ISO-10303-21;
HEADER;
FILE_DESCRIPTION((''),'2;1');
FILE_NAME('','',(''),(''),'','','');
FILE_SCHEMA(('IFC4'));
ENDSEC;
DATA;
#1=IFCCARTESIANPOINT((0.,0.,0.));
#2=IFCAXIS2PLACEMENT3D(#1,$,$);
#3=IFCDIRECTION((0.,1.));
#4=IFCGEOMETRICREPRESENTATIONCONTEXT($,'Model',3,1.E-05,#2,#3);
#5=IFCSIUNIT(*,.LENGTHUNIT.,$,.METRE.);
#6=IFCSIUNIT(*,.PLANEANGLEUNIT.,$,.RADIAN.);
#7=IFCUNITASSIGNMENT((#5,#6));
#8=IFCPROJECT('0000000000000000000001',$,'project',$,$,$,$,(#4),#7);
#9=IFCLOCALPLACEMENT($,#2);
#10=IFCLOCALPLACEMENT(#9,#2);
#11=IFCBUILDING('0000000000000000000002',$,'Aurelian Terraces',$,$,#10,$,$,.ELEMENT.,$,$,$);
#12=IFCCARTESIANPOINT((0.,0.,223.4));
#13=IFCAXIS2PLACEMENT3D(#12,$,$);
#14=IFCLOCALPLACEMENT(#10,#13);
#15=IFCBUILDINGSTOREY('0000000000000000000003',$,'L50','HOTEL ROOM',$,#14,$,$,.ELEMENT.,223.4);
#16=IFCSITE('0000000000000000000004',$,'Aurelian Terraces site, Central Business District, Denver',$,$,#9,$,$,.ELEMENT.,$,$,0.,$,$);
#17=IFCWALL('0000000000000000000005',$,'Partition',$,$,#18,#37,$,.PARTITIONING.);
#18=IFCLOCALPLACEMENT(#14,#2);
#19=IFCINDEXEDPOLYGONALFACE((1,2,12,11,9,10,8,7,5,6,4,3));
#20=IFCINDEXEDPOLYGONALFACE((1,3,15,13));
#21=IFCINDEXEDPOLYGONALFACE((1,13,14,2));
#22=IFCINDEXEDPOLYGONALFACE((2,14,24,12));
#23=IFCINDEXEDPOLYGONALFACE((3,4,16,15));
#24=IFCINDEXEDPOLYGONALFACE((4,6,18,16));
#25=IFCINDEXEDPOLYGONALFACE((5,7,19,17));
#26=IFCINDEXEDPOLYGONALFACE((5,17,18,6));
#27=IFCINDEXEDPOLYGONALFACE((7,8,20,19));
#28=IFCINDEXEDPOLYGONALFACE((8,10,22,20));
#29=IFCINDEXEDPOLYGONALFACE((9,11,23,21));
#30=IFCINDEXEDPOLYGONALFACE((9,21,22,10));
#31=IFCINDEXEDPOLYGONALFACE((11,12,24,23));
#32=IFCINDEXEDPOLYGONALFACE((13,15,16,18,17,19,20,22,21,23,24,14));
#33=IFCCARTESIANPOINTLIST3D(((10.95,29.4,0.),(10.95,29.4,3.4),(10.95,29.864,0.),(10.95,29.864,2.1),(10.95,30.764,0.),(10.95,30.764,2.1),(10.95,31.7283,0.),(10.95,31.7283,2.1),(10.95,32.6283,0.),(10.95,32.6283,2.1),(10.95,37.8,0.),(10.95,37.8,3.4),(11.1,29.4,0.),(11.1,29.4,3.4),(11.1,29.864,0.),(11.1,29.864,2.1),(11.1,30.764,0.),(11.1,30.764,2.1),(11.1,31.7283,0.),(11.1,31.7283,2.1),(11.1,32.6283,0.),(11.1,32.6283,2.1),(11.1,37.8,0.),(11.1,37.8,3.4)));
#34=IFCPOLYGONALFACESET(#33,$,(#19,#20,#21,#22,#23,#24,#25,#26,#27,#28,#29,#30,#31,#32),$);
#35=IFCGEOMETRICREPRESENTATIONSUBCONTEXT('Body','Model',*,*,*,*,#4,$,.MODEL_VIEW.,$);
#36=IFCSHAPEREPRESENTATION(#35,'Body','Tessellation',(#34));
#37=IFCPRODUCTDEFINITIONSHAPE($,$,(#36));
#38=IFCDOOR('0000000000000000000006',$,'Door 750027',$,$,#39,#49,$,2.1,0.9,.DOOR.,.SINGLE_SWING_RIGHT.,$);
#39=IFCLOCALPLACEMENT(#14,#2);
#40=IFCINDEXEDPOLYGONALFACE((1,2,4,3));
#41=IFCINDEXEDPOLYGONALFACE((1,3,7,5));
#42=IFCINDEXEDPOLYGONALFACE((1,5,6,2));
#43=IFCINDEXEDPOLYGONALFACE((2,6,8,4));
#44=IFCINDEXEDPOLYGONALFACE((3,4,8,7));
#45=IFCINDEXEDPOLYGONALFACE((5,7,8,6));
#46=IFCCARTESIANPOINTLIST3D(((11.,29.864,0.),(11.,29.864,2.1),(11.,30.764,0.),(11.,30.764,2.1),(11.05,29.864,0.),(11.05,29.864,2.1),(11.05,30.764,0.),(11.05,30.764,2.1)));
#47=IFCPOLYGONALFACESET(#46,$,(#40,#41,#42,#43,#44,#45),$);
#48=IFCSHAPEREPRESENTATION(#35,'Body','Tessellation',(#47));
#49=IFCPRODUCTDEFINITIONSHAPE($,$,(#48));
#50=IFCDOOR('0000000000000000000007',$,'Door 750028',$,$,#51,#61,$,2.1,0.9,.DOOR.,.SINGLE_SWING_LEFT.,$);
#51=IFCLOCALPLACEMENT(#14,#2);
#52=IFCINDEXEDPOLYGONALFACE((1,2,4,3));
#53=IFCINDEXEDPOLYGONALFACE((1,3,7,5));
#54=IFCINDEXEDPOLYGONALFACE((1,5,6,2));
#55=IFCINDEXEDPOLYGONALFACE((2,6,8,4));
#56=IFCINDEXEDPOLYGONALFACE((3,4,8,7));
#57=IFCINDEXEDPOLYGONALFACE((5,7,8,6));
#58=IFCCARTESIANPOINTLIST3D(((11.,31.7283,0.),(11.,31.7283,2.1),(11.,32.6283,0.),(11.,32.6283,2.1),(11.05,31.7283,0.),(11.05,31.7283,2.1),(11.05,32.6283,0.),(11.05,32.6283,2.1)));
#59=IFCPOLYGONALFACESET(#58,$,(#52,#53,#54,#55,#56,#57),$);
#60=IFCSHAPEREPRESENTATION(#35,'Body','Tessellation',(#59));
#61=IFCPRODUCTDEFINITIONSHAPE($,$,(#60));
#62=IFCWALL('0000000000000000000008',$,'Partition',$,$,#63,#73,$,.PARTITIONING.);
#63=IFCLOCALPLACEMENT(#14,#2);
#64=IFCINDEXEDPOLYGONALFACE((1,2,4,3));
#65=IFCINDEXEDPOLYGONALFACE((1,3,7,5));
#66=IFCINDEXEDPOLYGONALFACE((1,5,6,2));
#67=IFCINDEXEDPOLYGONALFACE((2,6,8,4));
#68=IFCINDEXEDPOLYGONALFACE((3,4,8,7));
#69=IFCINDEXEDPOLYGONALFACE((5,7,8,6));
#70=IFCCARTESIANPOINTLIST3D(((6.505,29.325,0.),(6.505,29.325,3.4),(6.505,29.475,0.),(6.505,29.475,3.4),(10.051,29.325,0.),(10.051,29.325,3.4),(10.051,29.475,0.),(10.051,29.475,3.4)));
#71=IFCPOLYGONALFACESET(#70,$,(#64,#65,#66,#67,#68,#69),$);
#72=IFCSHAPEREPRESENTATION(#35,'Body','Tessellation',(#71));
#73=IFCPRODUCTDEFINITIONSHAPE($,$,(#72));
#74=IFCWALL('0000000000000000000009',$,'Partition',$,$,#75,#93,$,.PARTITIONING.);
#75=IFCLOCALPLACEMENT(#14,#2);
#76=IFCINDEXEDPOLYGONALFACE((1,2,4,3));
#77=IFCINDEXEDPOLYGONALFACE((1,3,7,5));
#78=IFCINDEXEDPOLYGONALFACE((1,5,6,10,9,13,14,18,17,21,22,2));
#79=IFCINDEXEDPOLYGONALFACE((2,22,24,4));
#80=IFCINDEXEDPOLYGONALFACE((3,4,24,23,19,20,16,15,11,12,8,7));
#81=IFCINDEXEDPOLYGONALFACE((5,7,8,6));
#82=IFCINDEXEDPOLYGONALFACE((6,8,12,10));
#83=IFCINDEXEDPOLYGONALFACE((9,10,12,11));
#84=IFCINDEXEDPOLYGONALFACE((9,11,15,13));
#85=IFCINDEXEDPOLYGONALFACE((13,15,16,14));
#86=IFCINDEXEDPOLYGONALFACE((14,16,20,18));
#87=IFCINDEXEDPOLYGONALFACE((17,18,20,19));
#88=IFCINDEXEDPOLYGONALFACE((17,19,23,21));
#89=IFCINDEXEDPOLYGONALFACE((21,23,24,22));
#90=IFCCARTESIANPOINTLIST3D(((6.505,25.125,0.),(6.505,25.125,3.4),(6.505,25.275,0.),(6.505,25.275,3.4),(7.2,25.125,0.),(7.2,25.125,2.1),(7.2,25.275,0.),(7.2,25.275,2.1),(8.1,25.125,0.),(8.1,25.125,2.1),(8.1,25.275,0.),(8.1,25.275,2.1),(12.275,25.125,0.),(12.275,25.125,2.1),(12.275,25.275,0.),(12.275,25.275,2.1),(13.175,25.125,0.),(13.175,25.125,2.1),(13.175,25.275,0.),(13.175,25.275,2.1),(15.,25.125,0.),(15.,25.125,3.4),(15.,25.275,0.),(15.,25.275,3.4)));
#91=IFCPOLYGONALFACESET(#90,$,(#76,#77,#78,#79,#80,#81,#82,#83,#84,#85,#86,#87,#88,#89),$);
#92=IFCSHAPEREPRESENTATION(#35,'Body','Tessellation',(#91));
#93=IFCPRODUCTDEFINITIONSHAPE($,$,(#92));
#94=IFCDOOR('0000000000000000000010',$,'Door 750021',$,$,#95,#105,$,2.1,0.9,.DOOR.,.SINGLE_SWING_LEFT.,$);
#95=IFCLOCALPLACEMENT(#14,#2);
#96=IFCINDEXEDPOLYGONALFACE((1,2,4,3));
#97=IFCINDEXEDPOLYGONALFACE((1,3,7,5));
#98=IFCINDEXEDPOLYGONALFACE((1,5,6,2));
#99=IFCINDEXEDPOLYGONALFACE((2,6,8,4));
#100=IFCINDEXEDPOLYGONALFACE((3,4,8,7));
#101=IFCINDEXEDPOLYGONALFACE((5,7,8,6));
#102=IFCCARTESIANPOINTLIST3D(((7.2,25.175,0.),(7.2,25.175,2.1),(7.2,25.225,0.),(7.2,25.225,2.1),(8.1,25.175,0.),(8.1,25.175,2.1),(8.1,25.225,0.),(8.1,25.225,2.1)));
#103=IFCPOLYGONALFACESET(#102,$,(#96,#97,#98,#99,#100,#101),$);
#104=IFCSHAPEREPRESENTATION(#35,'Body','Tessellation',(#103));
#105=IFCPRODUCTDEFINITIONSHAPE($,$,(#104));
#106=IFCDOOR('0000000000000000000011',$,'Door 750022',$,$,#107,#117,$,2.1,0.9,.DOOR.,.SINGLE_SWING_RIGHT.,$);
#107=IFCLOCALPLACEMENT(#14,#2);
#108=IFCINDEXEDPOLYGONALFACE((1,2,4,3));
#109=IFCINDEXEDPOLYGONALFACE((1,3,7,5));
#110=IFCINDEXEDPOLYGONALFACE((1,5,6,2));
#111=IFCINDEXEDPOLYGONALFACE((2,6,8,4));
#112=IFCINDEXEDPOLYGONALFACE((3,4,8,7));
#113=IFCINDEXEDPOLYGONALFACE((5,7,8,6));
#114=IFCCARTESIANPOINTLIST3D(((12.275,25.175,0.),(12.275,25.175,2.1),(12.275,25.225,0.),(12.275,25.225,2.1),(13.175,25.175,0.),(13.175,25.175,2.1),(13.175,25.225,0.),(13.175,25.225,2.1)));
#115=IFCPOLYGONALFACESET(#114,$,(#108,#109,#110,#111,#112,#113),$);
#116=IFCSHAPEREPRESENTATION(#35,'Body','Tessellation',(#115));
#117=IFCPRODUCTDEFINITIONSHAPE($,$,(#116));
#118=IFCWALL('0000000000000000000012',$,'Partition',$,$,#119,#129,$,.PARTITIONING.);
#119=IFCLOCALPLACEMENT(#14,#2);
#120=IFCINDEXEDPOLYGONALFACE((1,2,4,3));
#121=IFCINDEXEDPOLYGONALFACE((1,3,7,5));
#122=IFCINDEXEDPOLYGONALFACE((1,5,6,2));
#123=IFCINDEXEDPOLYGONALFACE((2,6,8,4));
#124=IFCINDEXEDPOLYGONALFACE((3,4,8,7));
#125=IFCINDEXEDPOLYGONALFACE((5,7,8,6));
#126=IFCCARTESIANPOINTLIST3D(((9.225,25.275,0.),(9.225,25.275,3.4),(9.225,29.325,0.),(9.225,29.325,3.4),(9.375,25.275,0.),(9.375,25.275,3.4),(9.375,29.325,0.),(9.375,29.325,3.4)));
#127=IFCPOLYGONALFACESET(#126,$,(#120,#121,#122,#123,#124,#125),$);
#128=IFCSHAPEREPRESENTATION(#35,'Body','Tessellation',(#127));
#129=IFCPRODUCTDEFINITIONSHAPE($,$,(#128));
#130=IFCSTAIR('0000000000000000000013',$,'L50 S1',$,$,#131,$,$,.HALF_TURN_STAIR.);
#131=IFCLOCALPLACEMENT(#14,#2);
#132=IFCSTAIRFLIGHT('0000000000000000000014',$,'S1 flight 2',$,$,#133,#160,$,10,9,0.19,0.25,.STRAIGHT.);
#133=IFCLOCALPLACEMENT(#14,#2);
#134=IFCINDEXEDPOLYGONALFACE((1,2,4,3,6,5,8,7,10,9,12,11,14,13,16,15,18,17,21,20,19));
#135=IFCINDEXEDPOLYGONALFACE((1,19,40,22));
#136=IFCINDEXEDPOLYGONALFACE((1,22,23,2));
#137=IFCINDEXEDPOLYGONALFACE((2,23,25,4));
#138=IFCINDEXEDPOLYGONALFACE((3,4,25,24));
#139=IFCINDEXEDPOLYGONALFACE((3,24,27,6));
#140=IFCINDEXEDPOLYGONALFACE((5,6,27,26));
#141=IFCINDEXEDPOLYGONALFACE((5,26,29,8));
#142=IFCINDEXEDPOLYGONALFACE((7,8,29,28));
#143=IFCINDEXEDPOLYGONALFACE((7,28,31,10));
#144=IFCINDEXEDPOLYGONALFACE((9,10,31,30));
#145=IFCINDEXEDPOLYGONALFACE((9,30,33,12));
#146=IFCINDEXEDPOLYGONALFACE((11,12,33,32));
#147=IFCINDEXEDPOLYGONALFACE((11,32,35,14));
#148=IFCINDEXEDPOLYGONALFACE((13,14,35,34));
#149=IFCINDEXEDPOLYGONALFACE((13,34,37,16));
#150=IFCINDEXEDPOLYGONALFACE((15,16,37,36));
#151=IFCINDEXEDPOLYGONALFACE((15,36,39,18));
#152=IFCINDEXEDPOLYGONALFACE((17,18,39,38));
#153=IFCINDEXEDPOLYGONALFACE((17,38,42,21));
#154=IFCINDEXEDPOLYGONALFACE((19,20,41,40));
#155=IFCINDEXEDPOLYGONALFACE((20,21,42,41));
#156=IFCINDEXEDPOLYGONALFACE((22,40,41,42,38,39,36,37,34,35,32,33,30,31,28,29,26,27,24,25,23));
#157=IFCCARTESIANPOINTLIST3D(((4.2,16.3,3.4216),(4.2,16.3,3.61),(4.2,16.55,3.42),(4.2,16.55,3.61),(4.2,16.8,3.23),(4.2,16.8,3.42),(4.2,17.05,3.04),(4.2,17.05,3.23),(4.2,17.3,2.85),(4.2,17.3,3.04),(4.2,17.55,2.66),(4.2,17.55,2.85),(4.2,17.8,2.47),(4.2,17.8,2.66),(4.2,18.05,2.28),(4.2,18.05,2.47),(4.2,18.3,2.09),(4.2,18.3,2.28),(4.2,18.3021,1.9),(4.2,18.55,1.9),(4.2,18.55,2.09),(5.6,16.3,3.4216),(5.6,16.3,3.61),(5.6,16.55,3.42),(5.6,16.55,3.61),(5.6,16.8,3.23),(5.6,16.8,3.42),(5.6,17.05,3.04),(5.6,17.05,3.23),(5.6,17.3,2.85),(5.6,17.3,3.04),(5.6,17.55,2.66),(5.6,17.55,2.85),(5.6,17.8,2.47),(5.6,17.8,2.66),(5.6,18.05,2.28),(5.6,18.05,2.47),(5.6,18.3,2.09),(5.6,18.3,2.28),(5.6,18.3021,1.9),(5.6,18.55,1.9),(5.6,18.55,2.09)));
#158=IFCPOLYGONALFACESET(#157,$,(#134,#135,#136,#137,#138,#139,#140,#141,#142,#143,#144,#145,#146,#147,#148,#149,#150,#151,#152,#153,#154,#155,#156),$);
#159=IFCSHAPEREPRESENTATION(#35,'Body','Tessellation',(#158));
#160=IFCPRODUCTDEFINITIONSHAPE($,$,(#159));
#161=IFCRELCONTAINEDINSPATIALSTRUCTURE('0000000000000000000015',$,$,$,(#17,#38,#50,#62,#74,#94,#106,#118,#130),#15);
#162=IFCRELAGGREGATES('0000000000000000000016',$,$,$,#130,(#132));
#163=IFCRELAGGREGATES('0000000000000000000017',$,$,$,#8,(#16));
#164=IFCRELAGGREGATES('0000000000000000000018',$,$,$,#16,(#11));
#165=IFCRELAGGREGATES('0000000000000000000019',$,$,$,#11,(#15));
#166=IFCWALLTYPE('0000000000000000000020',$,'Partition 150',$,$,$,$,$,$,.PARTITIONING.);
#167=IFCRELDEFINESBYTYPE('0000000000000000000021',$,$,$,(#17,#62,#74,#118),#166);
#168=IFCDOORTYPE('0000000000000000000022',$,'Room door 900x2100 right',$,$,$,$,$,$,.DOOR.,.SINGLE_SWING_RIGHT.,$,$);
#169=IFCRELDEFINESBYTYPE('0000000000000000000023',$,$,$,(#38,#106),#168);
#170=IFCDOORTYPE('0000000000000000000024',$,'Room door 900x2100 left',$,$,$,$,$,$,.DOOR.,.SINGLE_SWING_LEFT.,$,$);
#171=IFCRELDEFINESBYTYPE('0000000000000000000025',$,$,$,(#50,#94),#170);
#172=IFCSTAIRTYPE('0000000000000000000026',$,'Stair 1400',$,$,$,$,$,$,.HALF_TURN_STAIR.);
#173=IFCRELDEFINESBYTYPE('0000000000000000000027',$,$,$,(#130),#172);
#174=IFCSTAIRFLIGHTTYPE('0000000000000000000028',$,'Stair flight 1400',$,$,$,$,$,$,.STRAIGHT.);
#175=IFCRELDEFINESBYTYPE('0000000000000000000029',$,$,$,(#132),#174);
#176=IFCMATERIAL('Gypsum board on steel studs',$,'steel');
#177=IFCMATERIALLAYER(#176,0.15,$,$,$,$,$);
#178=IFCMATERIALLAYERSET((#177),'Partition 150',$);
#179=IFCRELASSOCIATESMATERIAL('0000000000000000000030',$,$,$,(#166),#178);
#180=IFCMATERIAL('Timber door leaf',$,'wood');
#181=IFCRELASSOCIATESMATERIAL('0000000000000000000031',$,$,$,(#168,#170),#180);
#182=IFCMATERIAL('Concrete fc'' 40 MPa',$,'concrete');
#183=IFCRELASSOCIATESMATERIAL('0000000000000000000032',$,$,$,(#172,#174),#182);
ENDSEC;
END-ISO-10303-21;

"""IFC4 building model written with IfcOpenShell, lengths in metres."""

from ifc_helpers import new_model, si_unit, direction, frame, frame_2d, origin, place, context, subcontext, project, spatial, polyline, rectangle, outline, extrude, source, transform, mapped, material, layer, layer_set, type_object, element, fill, aggregate, save


model = new_model("IFC4")

# Units and contexts
model_context = context("Model", 3, precision=1e-05, world=origin(), true_north=direction((0.0, 1.0)))
body_context = subcontext(model_context, "Body", "Model", "MODEL_VIEW")
ifc_project = project(units=[si_unit("LENGTHUNIT", "METRE"), si_unit("PLANEANGLEUNIT", "RADIAN")], contexts=[model_context])

# Site, building, storey
site_placement = place(None, origin())
site = spatial("IfcSite", under=ifc_project, at=site_placement, Name="Aurelian Terraces site, Central Business District, Denver", CompositionType="ELEMENT", RefElevation=0.0)
building_placement = place(site_placement, origin())
building = spatial("IfcBuilding", under=site, at=building_placement, Name="Aurelian Terraces", CompositionType="ELEMENT")
storey_placement = place(building_placement, frame((0.0, 0.0, 223.4)))
storey = spatial("IfcBuildingStorey", under=building, at=storey_placement, Name="L50", Description="HOTEL ROOM", CompositionType="ELEMENT", Elevation=223.4)

# Shared definitions
ifc_material_1 = material(Name="Concrete fc' 40 MPa", Category="concrete")

# Wall, openings, doors
ifc_material_2 = material(Name="Gypsum board on steel studs", Category="steel")
ifc_layer_1 = layer(ifc_material_2, 0.15)
ifc_layer_set_1 = layer_set([ifc_layer_1], Name="Partition 150")
wall_type_1 = type_object("IfcWallType", Name="Partition 150", PredefinedType="PARTITIONING", material=ifc_layer_set_1)
shared_shape_1 = source(origin(), body_context, "Body", "SweptSolid", [
    extrude(rectangle(XDim=8.4, YDim=0.15, at=frame_2d((4.2, 0.0))), origin(), (0.0, 0.0, 1.0), 3.4),
])
wall_1_placement = place(storey_placement, frame((11.025, 29.4, 0.0), z_axis=(0.0, 0.0, 1.0), x_axis=(0.0, 1.0, 0.0)))
wall_1 = element("IfcWall", 1, at=wall_1_placement, inside=storey, type_object=wall_type_1, Name="Partition", PredefinedType="PARTITIONING", context=body_context, shape_type="MappedRepresentation", body=[
    mapped(shared_shape_1, transform((0.0, 0.0, 0.0), scale=1.0)),
])
shared_shape_2 = source(origin(), body_context, "Body", "SweptSolid", [
    extrude(rectangle(XDim=0.9, YDim=2.1, at=frame_2d((0.45, 1.05))), frame((0.0, 0.085, 0.0), z_axis=(0.0, -1.0, 0.0), x_axis=(1.0, 0.0, 0.0)), (0.0, 0.0, 1.0), 0.17),
])
opening_1_placement = place(wall_1_placement, frame((0.464, 0.0, 0.0)))
opening_1 = element("IfcOpeningElement", 2, at=opening_1_placement, cuts=wall_1, PredefinedType="OPENING", context=body_context, shape_type="MappedRepresentation", body=[
    mapped(shared_shape_2, transform((0.0, 0.0, 0.0), scale=1.0)),
])
opening_2_placement = place(wall_1_placement, frame((2.3283, 0.0, 0.0)))
opening_2 = element("IfcOpeningElement", 3, at=opening_2_placement, cuts=wall_1, PredefinedType="OPENING", context=body_context, shape_type="MappedRepresentation", body=[
    mapped(shared_shape_2, transform((0.0, 0.0, 0.0), scale=1.0)),
])
ifc_material_3 = material(Name="Timber door leaf", Category="wood")
door_type_1 = type_object("IfcDoorType", Name="Room door 900x2100 right", OperationType="SINGLE_SWING_RIGHT", PredefinedType="DOOR", material=ifc_material_3)
shared_shape_3 = source(origin(), body_context, "Body", "SweptSolid", [
    extrude(rectangle(XDim=0.9, YDim=2.1, at=frame_2d((0.45, 1.05))), frame((0.0, 0.025, 0.0), z_axis=(0.0, -1.0, 0.0), x_axis=(1.0, 0.0, 0.0)), (0.0, 0.0, 1.0), 0.05),
])
door_1_placement = place(opening_1_placement, origin())
door_1 = element("IfcDoor", 4, at=door_1_placement, inside=storey, type_object=door_type_1, Name="Door 750027", OperationType="SINGLE_SWING_RIGHT", OverallHeight=2.1, OverallWidth=0.9, PredefinedType="DOOR", context=body_context, shape_type="MappedRepresentation", body=[
    mapped(shared_shape_3, transform((0.0, 0.0, 0.0), scale=1.0)),
])
fill(opening_1, door_1)
door_type_2 = type_object("IfcDoorType", Name="Room door 900x2100 left", OperationType="SINGLE_SWING_LEFT", PredefinedType="DOOR", material=ifc_material_3)
door_2_placement = place(opening_2_placement, origin())
door_2 = element("IfcDoor", 5, at=door_2_placement, inside=storey, type_object=door_type_2, Name="Door 750028", OperationType="SINGLE_SWING_LEFT", OverallHeight=2.1, OverallWidth=0.9, PredefinedType="DOOR", context=body_context, shape_type="MappedRepresentation", body=[
    mapped(shared_shape_3, transform((0.0, 0.0, 0.0), scale=1.0)),
])
fill(opening_2, door_2)

# Wall
shared_shape_4 = source(origin(), body_context, "Body", "SweptSolid", [
    extrude(rectangle(XDim=3.546, YDim=0.15, at=frame_2d((1.773, 0.0))), origin(), (0.0, 0.0, 1.0), 3.4),
])
wall_2_placement = place(storey_placement, frame((10.051, 29.4, 0.0), z_axis=(0.0, 0.0, 1.0), x_axis=(-1.0, 0.0, 0.0)))
element("IfcWall", 6, at=wall_2_placement, inside=storey, type_object=wall_type_1, Name="Partition", PredefinedType="PARTITIONING", context=body_context, shape_type="MappedRepresentation", body=[
    mapped(shared_shape_4, transform((0.0, 0.0, 0.0), scale=1.0)),
])

# Wall, openings, doors
shared_shape_5 = source(origin(), body_context, "Body", "SweptSolid", [
    extrude(rectangle(XDim=8.495, YDim=0.15, at=frame_2d((4.2475, 0.0))), origin(), (0.0, 0.0, 1.0), 3.4),
])
wall_3_placement = place(storey_placement, frame((6.505, 25.2, 0.0), z_axis=(0.0, 0.0, 1.0), x_axis=(1.0, 0.0, 0.0)))
wall_3 = element("IfcWall", 7, at=wall_3_placement, inside=storey, type_object=wall_type_1, Name="Partition", PredefinedType="PARTITIONING", context=body_context, shape_type="MappedRepresentation", body=[
    mapped(shared_shape_5, transform((0.0, 0.0, 0.0), scale=1.0)),
])
opening_3_placement = place(wall_3_placement, frame((0.695, 0.0, 0.0)))
opening_3 = element("IfcOpeningElement", 8, at=opening_3_placement, cuts=wall_3, PredefinedType="OPENING", context=body_context, shape_type="MappedRepresentation", body=[
    mapped(shared_shape_2, transform((0.0, 0.0, 0.0), scale=1.0)),
])
opening_4_placement = place(wall_3_placement, frame((5.77, 0.0, 0.0)))
opening_4 = element("IfcOpeningElement", 9, at=opening_4_placement, cuts=wall_3, PredefinedType="OPENING", context=body_context, shape_type="MappedRepresentation", body=[
    mapped(shared_shape_2, transform((0.0, 0.0, 0.0), scale=1.0)),
])
door_3_placement = place(opening_3_placement, origin())
door_3 = element("IfcDoor", 10, at=door_3_placement, inside=storey, type_object=door_type_2, Name="Door 750021", OperationType="SINGLE_SWING_LEFT", OverallHeight=2.1, OverallWidth=0.9, PredefinedType="DOOR", context=body_context, shape_type="MappedRepresentation", body=[
    mapped(shared_shape_3, transform((0.0, 0.0, 0.0), scale=1.0)),
])
fill(opening_3, door_3)
door_4_placement = place(opening_4_placement, origin())
door_4 = element("IfcDoor", 11, at=door_4_placement, inside=storey, type_object=door_type_1, Name="Door 750022", OperationType="SINGLE_SWING_RIGHT", OverallHeight=2.1, OverallWidth=0.9, PredefinedType="DOOR", context=body_context, shape_type="MappedRepresentation", body=[
    mapped(shared_shape_3, transform((0.0, 0.0, 0.0), scale=1.0)),
])
fill(opening_4, door_4)

# Wall
shared_shape_6 = source(origin(), body_context, "Body", "SweptSolid", [
    extrude(rectangle(XDim=4.05, YDim=0.15, at=frame_2d((2.025, 0.0))), origin(), (0.0, 0.0, 1.0), 3.4),
])
wall_4_placement = place(storey_placement, frame((9.3, 25.275, 0.0), z_axis=(0.0, 0.0, 1.0), x_axis=(0.0, 1.0, 0.0)))
element("IfcWall", 12, at=wall_4_placement, inside=storey, type_object=wall_type_1, Name="Partition", PredefinedType="PARTITIONING", context=body_context, shape_type="MappedRepresentation", body=[
    mapped(shared_shape_6, transform((0.0, 0.0, 0.0), scale=1.0)),
])

# Stair, stair flight
stair_type = type_object("IfcStairType", Name="Stair 1400", PredefinedType="HALF_TURN_STAIR", material=ifc_material_1)
stair_placement = place(storey_placement, origin())
stair = element("IfcStair", 13, at=stair_placement, inside=storey, type_object=stair_type, Name="L50 S1", PredefinedType="HALF_TURN_STAIR")
stair_flight_type = type_object("IfcStairFlightType", Name="Stair flight 1400", PredefinedType="STRAIGHT", material=ifc_material_1)
shared_shape_7 = source(origin(), body_context, "Body", "SweptSolid", [
    extrude(outline(polyline([(0.0, 0.0), (0.0, 0.19), (0.25, 0.19), (0.25, 0.38), (0.5, 0.38), (0.5, 0.57), (0.75, 0.57), (0.75, 0.76), (1.0, 0.76), (1.0, 0.95), (1.25, 0.95), (1.25, 1.14), (1.5, 1.14), (1.5, 1.33), (1.75, 1.33), (1.75, 1.52), (2.0, 1.52), (2.0, 1.71), (2.25, 1.71), (2.25, 1.9), (2.25, 1.5216), (0.2479, 0.0), (0.0, 0.0)])), frame((0.0, 0.7, 0.0), z_axis=(0.0, -1.0, 0.0), x_axis=(1.0, 0.0, 0.0)), (0.0, 0.0, 1.0), 1.4),
])
stair_flight_placement = place(storey_placement, frame((4.9, 18.55, 1.9), z_axis=(0.0, 0.0, 1.0), x_axis=(0.0, -1.0, 0.0)))
stair_flight = element("IfcStairFlight", 14, at=stair_flight_placement, type_object=stair_flight_type, Name="S1 flight 2", NumberOfRisers=10, NumberOfTreads=9, PredefinedType="STRAIGHT", RiserHeight=0.19, TreadLength=0.25, context=body_context, shape_type="MappedRepresentation", body=[
    mapped(shared_shape_7, transform((0.0, 0.0, 0.0), scale=1.0)),
])
aggregate(stair, [stair_flight])

save(model, "model.ifc")
